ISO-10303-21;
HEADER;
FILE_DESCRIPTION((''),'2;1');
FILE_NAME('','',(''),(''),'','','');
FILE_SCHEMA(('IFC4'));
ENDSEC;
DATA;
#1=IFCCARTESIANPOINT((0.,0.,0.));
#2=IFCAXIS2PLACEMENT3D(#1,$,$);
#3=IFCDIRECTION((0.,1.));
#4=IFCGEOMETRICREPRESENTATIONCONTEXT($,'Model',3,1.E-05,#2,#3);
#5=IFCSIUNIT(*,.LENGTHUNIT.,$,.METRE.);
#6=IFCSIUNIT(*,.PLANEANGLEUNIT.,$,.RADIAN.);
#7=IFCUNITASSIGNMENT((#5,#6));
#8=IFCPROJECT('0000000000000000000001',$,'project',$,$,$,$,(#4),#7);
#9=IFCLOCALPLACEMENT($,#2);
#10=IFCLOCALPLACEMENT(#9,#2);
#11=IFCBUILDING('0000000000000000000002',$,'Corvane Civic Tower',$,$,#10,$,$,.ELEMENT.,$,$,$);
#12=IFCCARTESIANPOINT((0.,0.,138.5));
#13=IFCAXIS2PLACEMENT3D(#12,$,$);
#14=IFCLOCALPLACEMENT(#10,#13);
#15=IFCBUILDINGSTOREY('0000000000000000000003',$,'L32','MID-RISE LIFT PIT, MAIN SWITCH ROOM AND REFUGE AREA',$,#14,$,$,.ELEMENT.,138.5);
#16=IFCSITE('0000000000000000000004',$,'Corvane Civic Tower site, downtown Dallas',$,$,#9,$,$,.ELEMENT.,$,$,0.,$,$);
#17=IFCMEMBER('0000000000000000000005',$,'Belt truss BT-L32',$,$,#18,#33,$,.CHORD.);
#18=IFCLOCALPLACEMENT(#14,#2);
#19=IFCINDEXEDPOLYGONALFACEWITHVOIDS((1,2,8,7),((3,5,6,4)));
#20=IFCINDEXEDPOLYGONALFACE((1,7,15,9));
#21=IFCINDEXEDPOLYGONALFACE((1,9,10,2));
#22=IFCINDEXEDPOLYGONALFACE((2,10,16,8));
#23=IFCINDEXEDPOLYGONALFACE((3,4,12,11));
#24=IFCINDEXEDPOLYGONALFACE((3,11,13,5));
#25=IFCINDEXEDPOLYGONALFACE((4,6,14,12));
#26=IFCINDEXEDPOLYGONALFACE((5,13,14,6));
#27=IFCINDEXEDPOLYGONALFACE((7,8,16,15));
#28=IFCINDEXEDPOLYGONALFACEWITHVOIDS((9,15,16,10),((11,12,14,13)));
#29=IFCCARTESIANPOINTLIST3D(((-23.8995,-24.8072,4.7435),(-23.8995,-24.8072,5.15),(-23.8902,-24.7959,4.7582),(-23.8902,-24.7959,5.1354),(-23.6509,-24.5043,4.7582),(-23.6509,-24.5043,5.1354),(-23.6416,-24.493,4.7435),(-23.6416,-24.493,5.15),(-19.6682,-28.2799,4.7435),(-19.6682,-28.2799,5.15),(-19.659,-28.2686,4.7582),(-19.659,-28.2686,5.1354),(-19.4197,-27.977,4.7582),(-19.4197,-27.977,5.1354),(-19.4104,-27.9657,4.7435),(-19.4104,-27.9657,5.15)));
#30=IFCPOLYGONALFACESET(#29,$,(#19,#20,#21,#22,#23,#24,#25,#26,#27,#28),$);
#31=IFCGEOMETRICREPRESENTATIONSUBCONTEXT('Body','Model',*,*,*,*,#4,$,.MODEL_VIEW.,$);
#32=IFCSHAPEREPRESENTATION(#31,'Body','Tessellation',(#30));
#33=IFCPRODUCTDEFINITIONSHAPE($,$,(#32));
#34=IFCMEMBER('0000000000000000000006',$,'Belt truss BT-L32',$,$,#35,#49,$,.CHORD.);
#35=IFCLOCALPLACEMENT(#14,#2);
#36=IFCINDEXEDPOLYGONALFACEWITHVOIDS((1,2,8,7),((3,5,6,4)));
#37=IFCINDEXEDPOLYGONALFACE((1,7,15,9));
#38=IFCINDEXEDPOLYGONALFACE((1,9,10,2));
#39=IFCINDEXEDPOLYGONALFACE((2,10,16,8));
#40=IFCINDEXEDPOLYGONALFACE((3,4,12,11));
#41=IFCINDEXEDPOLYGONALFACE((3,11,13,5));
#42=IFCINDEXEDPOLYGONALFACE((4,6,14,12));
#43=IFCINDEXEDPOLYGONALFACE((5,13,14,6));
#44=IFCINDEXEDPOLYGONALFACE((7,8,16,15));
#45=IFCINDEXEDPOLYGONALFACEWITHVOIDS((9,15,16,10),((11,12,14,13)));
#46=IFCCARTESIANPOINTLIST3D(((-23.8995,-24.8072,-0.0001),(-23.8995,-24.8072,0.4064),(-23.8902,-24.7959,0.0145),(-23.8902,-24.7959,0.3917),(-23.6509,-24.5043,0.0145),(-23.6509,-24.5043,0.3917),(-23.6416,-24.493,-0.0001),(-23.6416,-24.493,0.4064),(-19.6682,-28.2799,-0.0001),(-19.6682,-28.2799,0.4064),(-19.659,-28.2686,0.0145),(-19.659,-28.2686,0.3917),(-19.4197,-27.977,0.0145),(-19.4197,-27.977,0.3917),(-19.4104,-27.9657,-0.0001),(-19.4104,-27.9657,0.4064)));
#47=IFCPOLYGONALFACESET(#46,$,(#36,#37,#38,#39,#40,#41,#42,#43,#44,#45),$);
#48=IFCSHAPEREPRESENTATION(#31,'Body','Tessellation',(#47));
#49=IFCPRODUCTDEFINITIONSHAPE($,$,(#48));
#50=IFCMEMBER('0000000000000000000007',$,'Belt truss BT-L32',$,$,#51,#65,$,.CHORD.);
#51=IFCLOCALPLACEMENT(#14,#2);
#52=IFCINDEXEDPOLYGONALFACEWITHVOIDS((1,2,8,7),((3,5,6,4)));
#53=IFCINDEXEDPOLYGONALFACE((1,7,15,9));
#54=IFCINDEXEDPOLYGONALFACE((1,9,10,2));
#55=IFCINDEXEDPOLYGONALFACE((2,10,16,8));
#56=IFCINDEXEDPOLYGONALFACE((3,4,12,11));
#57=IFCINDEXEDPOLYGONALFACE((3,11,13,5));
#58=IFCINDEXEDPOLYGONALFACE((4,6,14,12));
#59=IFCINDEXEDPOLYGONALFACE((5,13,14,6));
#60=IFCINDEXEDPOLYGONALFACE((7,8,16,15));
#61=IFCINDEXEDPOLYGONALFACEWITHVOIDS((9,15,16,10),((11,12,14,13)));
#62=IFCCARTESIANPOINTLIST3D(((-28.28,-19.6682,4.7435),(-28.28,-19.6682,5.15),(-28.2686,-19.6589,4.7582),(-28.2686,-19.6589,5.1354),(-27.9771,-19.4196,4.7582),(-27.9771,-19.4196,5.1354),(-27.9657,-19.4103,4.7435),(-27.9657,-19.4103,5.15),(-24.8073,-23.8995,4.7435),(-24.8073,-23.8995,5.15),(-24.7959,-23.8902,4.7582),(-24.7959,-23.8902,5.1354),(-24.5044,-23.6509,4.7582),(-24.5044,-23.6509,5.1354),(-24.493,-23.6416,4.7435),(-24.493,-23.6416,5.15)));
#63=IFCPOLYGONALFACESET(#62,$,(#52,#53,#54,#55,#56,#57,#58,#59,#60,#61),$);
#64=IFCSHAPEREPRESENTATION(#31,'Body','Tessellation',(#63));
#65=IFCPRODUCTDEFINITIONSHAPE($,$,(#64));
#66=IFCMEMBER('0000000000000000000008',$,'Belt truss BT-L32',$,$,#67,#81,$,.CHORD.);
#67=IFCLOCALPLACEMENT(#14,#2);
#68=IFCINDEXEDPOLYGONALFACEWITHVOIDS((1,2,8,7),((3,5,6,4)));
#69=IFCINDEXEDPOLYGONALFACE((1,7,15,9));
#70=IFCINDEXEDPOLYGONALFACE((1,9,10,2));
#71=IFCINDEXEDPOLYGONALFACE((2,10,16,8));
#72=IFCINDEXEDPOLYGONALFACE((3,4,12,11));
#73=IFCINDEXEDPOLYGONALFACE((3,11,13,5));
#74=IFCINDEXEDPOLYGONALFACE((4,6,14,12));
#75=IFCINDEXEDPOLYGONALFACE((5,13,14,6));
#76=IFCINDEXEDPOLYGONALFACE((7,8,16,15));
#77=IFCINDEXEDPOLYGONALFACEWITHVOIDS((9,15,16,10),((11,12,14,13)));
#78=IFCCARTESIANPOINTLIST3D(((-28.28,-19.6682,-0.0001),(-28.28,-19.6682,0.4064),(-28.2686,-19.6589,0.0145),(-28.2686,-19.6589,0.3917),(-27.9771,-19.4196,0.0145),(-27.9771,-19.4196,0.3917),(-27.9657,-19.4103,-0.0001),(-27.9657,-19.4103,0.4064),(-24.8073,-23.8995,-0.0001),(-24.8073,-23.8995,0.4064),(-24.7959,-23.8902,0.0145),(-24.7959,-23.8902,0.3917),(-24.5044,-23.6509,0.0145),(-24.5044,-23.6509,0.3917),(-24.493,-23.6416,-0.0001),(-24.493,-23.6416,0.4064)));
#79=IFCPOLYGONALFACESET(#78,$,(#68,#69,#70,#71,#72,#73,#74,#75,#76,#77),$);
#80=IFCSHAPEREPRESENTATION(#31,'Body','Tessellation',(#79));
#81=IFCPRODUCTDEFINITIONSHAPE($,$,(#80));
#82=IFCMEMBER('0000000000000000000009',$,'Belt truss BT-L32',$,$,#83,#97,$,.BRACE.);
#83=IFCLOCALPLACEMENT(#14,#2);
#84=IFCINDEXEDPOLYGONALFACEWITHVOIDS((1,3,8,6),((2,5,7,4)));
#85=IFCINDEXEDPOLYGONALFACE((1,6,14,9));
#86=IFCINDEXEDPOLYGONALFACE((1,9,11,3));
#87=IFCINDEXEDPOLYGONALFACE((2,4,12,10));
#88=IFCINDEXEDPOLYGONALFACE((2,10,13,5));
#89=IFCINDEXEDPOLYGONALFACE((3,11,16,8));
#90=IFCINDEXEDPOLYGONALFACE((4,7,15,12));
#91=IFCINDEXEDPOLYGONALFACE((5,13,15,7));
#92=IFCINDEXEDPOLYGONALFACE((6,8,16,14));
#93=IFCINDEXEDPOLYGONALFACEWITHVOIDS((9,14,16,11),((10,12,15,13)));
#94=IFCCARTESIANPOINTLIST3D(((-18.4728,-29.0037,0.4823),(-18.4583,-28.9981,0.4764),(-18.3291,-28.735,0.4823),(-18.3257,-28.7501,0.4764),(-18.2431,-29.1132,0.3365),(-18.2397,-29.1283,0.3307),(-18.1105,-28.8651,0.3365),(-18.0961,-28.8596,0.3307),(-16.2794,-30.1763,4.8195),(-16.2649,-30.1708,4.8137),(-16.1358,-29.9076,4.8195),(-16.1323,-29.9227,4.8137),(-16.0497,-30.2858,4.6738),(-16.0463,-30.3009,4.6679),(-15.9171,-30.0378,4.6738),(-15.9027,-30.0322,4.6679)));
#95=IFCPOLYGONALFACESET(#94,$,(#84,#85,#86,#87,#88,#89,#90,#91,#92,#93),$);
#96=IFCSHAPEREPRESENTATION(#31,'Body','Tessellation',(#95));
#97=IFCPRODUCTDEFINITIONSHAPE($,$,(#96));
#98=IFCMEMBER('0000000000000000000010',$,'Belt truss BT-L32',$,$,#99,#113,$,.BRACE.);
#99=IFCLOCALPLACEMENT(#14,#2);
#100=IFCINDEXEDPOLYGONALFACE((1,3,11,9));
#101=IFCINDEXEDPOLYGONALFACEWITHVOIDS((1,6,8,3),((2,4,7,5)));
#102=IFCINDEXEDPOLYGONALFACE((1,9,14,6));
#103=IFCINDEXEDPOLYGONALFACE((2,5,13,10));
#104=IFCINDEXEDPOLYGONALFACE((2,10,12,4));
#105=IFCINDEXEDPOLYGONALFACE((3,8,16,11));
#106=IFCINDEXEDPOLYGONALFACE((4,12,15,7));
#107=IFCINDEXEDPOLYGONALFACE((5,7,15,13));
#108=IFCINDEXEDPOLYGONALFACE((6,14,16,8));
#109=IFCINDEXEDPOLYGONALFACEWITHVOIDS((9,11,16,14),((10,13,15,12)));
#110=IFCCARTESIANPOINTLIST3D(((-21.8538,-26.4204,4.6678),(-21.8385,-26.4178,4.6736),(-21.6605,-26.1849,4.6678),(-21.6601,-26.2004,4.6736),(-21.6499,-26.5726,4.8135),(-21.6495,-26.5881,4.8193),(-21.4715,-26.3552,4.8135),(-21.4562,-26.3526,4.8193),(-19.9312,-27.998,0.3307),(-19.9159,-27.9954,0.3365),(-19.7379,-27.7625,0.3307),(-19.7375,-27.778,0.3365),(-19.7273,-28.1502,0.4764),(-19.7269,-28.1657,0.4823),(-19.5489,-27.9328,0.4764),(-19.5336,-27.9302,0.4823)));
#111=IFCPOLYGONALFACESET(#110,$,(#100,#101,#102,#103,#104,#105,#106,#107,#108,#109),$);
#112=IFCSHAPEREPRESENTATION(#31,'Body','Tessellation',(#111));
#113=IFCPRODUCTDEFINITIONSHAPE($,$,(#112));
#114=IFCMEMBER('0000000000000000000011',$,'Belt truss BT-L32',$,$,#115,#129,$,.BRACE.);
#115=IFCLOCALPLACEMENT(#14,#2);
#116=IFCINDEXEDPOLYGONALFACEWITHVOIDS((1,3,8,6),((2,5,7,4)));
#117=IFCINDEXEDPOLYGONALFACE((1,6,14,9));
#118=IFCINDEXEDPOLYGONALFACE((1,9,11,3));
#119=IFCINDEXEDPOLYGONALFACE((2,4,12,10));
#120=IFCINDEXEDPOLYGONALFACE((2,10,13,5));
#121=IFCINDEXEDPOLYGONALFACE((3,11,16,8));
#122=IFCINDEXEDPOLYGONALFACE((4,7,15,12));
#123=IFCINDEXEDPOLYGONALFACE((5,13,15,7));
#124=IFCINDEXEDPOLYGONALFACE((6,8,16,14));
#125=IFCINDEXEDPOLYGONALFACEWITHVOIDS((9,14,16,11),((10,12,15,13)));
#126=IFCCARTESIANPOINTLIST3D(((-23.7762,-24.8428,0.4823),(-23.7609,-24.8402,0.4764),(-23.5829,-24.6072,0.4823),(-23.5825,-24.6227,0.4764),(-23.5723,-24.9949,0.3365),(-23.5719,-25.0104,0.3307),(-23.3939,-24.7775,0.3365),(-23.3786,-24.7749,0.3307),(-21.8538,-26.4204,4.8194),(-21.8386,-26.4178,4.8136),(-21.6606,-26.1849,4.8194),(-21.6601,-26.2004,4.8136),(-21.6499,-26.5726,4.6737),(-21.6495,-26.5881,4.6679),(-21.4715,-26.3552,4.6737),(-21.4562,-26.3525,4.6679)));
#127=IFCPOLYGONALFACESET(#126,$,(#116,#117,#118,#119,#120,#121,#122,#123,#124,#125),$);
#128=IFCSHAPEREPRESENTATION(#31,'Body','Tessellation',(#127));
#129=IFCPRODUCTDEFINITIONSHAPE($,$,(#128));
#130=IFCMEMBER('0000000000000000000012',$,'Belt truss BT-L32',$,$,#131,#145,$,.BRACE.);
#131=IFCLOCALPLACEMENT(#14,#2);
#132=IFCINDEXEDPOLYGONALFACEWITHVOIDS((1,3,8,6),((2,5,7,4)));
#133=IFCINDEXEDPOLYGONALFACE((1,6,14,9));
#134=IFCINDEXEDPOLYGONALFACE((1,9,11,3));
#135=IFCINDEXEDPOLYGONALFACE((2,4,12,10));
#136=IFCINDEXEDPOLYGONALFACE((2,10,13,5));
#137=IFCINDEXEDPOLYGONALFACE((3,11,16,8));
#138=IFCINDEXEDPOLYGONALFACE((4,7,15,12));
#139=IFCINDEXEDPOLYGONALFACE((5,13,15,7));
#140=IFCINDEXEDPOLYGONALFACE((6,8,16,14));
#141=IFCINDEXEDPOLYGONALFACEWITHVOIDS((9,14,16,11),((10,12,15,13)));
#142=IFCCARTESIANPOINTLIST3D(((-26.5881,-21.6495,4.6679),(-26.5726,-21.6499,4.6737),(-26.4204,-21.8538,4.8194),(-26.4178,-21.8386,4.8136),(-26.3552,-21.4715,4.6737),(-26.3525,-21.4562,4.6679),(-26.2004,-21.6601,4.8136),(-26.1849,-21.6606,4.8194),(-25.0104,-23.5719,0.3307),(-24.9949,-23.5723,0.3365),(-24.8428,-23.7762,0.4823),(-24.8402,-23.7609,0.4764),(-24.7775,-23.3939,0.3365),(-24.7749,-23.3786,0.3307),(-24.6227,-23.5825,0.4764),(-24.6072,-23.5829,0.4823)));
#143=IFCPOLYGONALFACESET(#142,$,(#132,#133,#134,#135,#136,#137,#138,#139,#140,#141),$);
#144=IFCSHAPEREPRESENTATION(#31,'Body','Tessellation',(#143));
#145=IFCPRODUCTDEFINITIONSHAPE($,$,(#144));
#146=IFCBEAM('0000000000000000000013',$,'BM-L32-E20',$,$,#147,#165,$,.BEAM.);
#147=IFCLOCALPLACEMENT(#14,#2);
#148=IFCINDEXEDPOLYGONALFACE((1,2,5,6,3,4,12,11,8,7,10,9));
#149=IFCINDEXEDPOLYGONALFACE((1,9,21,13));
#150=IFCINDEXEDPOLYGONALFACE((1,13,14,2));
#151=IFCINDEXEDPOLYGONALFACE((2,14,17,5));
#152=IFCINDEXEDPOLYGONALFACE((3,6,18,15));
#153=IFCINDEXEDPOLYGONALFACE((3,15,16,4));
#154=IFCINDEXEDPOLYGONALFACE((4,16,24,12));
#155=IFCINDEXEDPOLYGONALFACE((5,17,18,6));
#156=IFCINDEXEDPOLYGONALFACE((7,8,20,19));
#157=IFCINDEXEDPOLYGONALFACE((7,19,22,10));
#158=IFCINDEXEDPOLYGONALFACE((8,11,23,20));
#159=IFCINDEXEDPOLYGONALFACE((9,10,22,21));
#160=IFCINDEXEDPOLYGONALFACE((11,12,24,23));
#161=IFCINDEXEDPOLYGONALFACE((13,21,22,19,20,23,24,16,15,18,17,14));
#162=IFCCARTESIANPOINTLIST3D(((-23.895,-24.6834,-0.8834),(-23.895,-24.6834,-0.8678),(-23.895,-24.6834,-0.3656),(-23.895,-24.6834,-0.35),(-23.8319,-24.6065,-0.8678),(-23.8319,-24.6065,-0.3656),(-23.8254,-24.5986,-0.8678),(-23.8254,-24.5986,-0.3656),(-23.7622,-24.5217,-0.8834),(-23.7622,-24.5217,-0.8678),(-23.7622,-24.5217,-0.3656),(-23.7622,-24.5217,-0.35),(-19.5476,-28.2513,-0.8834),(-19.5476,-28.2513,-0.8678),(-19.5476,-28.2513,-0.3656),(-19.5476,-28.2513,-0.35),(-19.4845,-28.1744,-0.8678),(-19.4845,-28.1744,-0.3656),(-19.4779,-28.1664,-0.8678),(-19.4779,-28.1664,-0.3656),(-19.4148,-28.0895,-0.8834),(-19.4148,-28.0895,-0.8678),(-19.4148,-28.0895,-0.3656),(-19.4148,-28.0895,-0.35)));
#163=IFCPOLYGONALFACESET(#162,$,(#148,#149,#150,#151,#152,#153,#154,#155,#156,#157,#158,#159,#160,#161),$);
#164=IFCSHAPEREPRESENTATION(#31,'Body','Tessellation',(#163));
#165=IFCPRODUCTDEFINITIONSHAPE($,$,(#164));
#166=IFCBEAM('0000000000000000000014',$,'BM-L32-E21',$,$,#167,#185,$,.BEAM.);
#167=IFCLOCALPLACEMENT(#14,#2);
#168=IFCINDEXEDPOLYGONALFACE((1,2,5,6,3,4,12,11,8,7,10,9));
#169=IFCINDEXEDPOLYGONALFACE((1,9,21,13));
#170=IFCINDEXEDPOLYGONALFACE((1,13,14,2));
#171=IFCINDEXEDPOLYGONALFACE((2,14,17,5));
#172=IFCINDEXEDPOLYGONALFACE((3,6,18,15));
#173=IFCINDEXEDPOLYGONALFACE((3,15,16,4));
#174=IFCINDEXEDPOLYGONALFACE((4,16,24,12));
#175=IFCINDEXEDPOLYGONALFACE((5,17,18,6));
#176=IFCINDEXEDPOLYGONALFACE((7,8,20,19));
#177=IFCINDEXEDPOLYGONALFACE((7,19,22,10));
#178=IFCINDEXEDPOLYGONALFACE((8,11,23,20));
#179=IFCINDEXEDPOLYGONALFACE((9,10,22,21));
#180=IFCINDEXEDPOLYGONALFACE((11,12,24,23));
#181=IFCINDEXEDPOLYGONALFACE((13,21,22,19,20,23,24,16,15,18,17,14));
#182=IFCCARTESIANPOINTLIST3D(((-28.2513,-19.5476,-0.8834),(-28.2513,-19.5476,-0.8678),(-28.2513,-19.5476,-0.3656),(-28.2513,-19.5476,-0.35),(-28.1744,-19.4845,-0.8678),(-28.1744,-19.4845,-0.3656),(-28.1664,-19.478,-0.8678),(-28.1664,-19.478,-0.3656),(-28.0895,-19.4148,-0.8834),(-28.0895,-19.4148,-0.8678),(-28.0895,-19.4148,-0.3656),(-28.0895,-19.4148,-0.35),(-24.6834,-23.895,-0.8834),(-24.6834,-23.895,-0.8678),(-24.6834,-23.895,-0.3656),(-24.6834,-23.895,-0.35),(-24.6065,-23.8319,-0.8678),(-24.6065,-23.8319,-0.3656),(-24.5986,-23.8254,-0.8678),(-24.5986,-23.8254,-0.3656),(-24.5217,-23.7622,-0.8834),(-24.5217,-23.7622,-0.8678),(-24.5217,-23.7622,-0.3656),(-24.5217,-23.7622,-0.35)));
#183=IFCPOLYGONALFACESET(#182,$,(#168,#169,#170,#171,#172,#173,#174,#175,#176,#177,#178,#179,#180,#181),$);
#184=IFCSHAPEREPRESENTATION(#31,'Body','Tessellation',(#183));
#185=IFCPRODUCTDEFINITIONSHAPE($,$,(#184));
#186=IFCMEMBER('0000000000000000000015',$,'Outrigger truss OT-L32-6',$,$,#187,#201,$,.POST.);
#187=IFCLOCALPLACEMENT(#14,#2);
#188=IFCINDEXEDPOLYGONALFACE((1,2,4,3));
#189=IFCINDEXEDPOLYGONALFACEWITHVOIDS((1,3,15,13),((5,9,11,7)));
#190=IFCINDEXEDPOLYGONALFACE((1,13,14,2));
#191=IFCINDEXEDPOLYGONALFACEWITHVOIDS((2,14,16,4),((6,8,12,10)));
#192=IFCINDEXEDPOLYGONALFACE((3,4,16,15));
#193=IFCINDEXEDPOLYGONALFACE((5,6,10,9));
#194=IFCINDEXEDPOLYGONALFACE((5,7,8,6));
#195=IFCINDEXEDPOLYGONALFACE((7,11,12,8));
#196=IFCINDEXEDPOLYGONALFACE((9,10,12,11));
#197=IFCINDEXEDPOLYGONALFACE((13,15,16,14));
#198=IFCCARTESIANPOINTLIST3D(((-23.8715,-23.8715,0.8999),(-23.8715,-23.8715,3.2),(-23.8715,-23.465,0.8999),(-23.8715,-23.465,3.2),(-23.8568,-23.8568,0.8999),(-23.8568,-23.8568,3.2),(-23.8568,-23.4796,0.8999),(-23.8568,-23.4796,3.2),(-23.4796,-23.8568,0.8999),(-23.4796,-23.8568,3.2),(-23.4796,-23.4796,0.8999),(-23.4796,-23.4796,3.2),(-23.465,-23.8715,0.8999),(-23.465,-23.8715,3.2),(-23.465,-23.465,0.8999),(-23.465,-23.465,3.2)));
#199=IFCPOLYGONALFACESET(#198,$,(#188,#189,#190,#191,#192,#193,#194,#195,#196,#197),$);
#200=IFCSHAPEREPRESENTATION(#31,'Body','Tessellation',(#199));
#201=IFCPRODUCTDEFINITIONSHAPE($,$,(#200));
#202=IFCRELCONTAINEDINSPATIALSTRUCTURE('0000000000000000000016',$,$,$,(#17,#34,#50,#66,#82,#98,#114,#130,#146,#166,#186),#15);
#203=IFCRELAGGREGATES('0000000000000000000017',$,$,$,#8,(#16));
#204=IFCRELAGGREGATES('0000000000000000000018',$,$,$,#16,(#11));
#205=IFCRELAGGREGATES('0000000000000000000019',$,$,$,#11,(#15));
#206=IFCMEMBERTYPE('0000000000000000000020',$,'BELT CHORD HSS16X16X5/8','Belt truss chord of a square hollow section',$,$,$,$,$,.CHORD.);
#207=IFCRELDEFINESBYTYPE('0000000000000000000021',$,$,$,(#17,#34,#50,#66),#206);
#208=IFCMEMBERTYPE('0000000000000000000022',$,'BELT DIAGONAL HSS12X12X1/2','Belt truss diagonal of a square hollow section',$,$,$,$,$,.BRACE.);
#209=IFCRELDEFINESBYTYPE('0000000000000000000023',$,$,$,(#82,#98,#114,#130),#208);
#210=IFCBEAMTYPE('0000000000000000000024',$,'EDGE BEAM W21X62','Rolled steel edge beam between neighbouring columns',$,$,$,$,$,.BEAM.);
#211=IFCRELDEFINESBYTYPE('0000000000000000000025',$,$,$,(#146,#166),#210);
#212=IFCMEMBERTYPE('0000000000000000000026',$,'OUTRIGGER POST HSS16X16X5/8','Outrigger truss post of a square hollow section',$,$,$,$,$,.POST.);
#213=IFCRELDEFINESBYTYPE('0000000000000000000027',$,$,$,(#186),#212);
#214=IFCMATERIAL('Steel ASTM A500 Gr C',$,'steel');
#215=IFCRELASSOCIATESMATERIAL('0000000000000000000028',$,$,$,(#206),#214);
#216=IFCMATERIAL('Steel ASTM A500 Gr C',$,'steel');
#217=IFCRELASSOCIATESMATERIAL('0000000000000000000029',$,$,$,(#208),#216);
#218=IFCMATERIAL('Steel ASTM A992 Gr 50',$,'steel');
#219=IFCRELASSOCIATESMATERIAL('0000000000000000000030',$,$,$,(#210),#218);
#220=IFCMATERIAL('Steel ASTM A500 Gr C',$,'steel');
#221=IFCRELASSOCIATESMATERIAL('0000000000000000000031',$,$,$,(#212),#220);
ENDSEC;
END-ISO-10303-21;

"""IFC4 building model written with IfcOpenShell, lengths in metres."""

from ifc_helpers import new_model, si_unit, direction, frame, origin, origin_2d, place, context, subcontext, project, spatial, hollow_rectangle, i_section, extrude, material, material_profile, profile_set, type_object, element, save


model = new_model("IFC4")

# Units and contexts
model_context = context("Model", 3, precision=1e-05, world=origin(), true_north=direction((0.0, 1.0)))
body_context = subcontext(model_context, "Body", "Model", "MODEL_VIEW")
ifc_project = project(units=[si_unit("LENGTHUNIT", "METRE"), si_unit("PLANEANGLEUNIT", "RADIAN")], contexts=[model_context])

# Site, building, storey
site_placement = place(None, origin())
site = spatial("IfcSite", under=ifc_project, at=site_placement, Name="Corvane Civic Tower site, downtown Dallas", CompositionType="ELEMENT", RefElevation=0.0)
building_placement = place(site_placement, origin())
building = spatial("IfcBuilding", under=site, at=building_placement, Name="Corvane Civic Tower", CompositionType="ELEMENT")
storey_placement = place(building_placement, frame((0.0, 0.0, 138.5)))
storey = spatial("IfcBuildingStorey", under=building, at=storey_placement, Name="L32", Description="MID-RISE LIFT PIT, MAIN SWITCH ROOM AND REFUGE AREA", CompositionType="ELEMENT", Elevation=138.5)

# Members
ifc_material_1 = material(Name="Steel ASTM A500 Gr C", Category="steel")
ifc_material_profile_1 = material_profile(ifc_material_1, hollow_rectangle(XDim=0.4065, YDim=0.4065, WallThickness=0.0146, at=origin_2d()), Name="HSS16X16X5/8")
ifc_profile_set_1 = profile_set([ifc_material_profile_1], Name="Steel ASTM A500 Gr C")
member_type_1 = type_object("IfcMemberType", Name="BELT CHORD HSS16X16X5/8", Description="Belt truss chord of a square hollow section", PredefinedType="CHORD", material=ifc_profile_set_1)
for number, where, z_axis, x_axis, name in (
    (1, (-19.5393, -28.1228, 4.9468), (-0.772993, 0.634415, 0.0), (-0.634415, -0.772993, 0.0), "Belt truss BT-L32"),
    (2, (-19.5393, -28.1228, 0.2031), (-0.772993, 0.634415, 0.0), (-0.634415, -0.772993, 0.0), "Belt truss BT-L32"),
    (3, (-24.6501, -23.7705, 4.9468), (-0.634415, 0.772993, 0.0), (-0.772993, -0.634415, 0.0), "Belt truss BT-L32"),
    (4, (-24.6501, -23.7705, 0.2031), (-0.634415, 0.772993, 0.0), (-0.772993, -0.634415, 0.0), "Belt truss BT-L32"),
):
    element("IfcMember", number, at=place(storey_placement, frame(where, z_axis=z_axis, x_axis=x_axis)), inside=storey, type_object=member_type_1, Name=name, PredefinedType="CHORD", context=body_context, shape_type="SweptSolid", body=[
        extrude(hollow_rectangle(XDim=0.4065, YDim=0.4065, WallThickness=0.0146, at=origin_2d()), origin(), (0.0, 0.0, 1.0), 5.4739),
    ])
ifc_material_2 = material(Name="Steel ASTM A500 Gr C", Category="steel")
ifc_material_profile_2 = material_profile(ifc_material_2, hollow_rectangle(XDim=0.3047, YDim=0.3047, WallThickness=0.0117, at=origin_2d()), Name="HSS12X12X1/2")
ifc_profile_set_2 = profile_set([ifc_material_profile_2], Name="Steel ASTM A500 Gr C")
member_type_2 = type_object("IfcMemberType", Name="BELT DIAGONAL HSS12X12X1/2", Description="Belt truss diagonal of a square hollow section", PredefinedType="BRACE", material=ifc_profile_set_2)
member_1_placement = place(storey_placement, frame((-18.2844, -28.9316, 0.4065), z_axis=(0.4387, -0.234537, 0.867488), x_axis=(0.471469, 0.881882, 0.0)))
element("IfcMember", 5, at=member_1_placement, inside=storey, type_object=member_type_2, Name="Belt truss BT-L32", PredefinedType="BRACE", context=body_context, shape_type="SweptSolid", body=[
    extrude(hollow_rectangle(XDim=0.3047, YDim=0.3047, WallThickness=0.0117, at=origin_2d()), origin(), (0.0, 0.0, 1.0), 4.9998),
])
for number, where, z_axis, x_axis, name in (
    (6, (-19.7324, -27.9641, 0.4065), (-0.38455, 0.315551, 0.867496), (-0.634344, -0.773051, 0.0), "Belt truss BT-L32"),
    (7, (-23.5774, -24.8088, 0.4065), (0.384508, -0.315557, 0.867512), (0.634392, 0.773012, 0.0), "Belt truss BT-L32"),
    (8, (-24.8088, -23.5774, 0.4065), (-0.315557, 0.384508, 0.867512), (-0.773012, -0.634392, 0.0), "Belt truss BT-L32"),
):
    element("IfcMember", number, at=place(storey_placement, frame(where, z_axis=z_axis, x_axis=x_axis)), inside=storey, type_object=member_type_2, Name=name, PredefinedType="BRACE", context=body_context, shape_type="SweptSolid", body=[
        extrude(hollow_rectangle(XDim=0.3047, YDim=0.3047, WallThickness=0.0117, at=origin_2d()), origin(), (0.0, 0.0, 1.0), 4.9995),
    ])

# Beams
ifc_material_3 = material(Name="Steel ASTM A992 Gr 50", Category="steel")
ifc_material_profile_3 = material_profile(ifc_material_3, i_section(OverallWidth=0.2092, OverallDepth=0.5334, WebThickness=0.0103, FlangeThickness=0.0156, at=origin_2d()), Name="W21X62")
ifc_profile_set_3 = profile_set([ifc_material_profile_3], Name="Steel ASTM A992 Gr 50")
beam_type = type_object("IfcBeamType", Name="EDGE BEAM W21X62", Description="Rolled steel edge beam between neighbouring columns", PredefinedType="BEAM", material=ifc_profile_set_3)
for number, where, z_axis, x_axis, name in (
    (9, (-19.4812, -28.1704, -0.6167), (-0.773007, 0.634398, 0.0), (-0.634398, -0.773007, 0.0), "BM-L32-E20"),
    (10, (-24.6025, -23.8286, -0.6167), (-0.634398, 0.773007, 0.0), (-0.773007, -0.634398, 0.0), "BM-L32-E21"),
):
    element("IfcBeam", number, at=place(storey_placement, frame(where, z_axis=z_axis, x_axis=x_axis)), inside=storey, type_object=beam_type, Name=name, PredefinedType="BEAM", context=body_context, shape_type="SweptSolid", body=[
        extrude(i_section(OverallWidth=0.2092, OverallDepth=0.5334, WebThickness=0.0103, FlangeThickness=0.0156, at=origin_2d()), origin(), (0.0, 0.0, 1.0), 5.624),
    ])

# Member
ifc_material_4 = material(Name="Steel ASTM A500 Gr C", Category="steel")
ifc_material_profile_4 = material_profile(ifc_material_4, hollow_rectangle(XDim=0.4065, YDim=0.4065, WallThickness=0.0146, at=origin_2d()), Name="HSS16X16X5/8")
ifc_profile_set_4 = profile_set([ifc_material_profile_4], Name="Steel ASTM A500 Gr C")
member_type_3 = type_object("IfcMemberType", Name="OUTRIGGER POST HSS16X16X5/8", Description="Outrigger truss post of a square hollow section", PredefinedType="POST", material=ifc_profile_set_4)
member_2_placement = place(storey_placement, frame((-23.6682, -23.6682, 0.8999), z_axis=(0.0, 0.0, 1.0), x_axis=(1.0, 0.0, 0.0)))
element("IfcMember", 11, at=member_2_placement, inside=storey, type_object=member_type_3, Name="Outrigger truss OT-L32-6", PredefinedType="POST", context=body_context, shape_type="SweptSolid", body=[
    extrude(hollow_rectangle(XDim=0.4065, YDim=0.4065, WallThickness=0.0146, at=origin_2d()), origin(), (0.0, 0.0, 1.0), 2.3),
])

save(model, "model.ifc")
